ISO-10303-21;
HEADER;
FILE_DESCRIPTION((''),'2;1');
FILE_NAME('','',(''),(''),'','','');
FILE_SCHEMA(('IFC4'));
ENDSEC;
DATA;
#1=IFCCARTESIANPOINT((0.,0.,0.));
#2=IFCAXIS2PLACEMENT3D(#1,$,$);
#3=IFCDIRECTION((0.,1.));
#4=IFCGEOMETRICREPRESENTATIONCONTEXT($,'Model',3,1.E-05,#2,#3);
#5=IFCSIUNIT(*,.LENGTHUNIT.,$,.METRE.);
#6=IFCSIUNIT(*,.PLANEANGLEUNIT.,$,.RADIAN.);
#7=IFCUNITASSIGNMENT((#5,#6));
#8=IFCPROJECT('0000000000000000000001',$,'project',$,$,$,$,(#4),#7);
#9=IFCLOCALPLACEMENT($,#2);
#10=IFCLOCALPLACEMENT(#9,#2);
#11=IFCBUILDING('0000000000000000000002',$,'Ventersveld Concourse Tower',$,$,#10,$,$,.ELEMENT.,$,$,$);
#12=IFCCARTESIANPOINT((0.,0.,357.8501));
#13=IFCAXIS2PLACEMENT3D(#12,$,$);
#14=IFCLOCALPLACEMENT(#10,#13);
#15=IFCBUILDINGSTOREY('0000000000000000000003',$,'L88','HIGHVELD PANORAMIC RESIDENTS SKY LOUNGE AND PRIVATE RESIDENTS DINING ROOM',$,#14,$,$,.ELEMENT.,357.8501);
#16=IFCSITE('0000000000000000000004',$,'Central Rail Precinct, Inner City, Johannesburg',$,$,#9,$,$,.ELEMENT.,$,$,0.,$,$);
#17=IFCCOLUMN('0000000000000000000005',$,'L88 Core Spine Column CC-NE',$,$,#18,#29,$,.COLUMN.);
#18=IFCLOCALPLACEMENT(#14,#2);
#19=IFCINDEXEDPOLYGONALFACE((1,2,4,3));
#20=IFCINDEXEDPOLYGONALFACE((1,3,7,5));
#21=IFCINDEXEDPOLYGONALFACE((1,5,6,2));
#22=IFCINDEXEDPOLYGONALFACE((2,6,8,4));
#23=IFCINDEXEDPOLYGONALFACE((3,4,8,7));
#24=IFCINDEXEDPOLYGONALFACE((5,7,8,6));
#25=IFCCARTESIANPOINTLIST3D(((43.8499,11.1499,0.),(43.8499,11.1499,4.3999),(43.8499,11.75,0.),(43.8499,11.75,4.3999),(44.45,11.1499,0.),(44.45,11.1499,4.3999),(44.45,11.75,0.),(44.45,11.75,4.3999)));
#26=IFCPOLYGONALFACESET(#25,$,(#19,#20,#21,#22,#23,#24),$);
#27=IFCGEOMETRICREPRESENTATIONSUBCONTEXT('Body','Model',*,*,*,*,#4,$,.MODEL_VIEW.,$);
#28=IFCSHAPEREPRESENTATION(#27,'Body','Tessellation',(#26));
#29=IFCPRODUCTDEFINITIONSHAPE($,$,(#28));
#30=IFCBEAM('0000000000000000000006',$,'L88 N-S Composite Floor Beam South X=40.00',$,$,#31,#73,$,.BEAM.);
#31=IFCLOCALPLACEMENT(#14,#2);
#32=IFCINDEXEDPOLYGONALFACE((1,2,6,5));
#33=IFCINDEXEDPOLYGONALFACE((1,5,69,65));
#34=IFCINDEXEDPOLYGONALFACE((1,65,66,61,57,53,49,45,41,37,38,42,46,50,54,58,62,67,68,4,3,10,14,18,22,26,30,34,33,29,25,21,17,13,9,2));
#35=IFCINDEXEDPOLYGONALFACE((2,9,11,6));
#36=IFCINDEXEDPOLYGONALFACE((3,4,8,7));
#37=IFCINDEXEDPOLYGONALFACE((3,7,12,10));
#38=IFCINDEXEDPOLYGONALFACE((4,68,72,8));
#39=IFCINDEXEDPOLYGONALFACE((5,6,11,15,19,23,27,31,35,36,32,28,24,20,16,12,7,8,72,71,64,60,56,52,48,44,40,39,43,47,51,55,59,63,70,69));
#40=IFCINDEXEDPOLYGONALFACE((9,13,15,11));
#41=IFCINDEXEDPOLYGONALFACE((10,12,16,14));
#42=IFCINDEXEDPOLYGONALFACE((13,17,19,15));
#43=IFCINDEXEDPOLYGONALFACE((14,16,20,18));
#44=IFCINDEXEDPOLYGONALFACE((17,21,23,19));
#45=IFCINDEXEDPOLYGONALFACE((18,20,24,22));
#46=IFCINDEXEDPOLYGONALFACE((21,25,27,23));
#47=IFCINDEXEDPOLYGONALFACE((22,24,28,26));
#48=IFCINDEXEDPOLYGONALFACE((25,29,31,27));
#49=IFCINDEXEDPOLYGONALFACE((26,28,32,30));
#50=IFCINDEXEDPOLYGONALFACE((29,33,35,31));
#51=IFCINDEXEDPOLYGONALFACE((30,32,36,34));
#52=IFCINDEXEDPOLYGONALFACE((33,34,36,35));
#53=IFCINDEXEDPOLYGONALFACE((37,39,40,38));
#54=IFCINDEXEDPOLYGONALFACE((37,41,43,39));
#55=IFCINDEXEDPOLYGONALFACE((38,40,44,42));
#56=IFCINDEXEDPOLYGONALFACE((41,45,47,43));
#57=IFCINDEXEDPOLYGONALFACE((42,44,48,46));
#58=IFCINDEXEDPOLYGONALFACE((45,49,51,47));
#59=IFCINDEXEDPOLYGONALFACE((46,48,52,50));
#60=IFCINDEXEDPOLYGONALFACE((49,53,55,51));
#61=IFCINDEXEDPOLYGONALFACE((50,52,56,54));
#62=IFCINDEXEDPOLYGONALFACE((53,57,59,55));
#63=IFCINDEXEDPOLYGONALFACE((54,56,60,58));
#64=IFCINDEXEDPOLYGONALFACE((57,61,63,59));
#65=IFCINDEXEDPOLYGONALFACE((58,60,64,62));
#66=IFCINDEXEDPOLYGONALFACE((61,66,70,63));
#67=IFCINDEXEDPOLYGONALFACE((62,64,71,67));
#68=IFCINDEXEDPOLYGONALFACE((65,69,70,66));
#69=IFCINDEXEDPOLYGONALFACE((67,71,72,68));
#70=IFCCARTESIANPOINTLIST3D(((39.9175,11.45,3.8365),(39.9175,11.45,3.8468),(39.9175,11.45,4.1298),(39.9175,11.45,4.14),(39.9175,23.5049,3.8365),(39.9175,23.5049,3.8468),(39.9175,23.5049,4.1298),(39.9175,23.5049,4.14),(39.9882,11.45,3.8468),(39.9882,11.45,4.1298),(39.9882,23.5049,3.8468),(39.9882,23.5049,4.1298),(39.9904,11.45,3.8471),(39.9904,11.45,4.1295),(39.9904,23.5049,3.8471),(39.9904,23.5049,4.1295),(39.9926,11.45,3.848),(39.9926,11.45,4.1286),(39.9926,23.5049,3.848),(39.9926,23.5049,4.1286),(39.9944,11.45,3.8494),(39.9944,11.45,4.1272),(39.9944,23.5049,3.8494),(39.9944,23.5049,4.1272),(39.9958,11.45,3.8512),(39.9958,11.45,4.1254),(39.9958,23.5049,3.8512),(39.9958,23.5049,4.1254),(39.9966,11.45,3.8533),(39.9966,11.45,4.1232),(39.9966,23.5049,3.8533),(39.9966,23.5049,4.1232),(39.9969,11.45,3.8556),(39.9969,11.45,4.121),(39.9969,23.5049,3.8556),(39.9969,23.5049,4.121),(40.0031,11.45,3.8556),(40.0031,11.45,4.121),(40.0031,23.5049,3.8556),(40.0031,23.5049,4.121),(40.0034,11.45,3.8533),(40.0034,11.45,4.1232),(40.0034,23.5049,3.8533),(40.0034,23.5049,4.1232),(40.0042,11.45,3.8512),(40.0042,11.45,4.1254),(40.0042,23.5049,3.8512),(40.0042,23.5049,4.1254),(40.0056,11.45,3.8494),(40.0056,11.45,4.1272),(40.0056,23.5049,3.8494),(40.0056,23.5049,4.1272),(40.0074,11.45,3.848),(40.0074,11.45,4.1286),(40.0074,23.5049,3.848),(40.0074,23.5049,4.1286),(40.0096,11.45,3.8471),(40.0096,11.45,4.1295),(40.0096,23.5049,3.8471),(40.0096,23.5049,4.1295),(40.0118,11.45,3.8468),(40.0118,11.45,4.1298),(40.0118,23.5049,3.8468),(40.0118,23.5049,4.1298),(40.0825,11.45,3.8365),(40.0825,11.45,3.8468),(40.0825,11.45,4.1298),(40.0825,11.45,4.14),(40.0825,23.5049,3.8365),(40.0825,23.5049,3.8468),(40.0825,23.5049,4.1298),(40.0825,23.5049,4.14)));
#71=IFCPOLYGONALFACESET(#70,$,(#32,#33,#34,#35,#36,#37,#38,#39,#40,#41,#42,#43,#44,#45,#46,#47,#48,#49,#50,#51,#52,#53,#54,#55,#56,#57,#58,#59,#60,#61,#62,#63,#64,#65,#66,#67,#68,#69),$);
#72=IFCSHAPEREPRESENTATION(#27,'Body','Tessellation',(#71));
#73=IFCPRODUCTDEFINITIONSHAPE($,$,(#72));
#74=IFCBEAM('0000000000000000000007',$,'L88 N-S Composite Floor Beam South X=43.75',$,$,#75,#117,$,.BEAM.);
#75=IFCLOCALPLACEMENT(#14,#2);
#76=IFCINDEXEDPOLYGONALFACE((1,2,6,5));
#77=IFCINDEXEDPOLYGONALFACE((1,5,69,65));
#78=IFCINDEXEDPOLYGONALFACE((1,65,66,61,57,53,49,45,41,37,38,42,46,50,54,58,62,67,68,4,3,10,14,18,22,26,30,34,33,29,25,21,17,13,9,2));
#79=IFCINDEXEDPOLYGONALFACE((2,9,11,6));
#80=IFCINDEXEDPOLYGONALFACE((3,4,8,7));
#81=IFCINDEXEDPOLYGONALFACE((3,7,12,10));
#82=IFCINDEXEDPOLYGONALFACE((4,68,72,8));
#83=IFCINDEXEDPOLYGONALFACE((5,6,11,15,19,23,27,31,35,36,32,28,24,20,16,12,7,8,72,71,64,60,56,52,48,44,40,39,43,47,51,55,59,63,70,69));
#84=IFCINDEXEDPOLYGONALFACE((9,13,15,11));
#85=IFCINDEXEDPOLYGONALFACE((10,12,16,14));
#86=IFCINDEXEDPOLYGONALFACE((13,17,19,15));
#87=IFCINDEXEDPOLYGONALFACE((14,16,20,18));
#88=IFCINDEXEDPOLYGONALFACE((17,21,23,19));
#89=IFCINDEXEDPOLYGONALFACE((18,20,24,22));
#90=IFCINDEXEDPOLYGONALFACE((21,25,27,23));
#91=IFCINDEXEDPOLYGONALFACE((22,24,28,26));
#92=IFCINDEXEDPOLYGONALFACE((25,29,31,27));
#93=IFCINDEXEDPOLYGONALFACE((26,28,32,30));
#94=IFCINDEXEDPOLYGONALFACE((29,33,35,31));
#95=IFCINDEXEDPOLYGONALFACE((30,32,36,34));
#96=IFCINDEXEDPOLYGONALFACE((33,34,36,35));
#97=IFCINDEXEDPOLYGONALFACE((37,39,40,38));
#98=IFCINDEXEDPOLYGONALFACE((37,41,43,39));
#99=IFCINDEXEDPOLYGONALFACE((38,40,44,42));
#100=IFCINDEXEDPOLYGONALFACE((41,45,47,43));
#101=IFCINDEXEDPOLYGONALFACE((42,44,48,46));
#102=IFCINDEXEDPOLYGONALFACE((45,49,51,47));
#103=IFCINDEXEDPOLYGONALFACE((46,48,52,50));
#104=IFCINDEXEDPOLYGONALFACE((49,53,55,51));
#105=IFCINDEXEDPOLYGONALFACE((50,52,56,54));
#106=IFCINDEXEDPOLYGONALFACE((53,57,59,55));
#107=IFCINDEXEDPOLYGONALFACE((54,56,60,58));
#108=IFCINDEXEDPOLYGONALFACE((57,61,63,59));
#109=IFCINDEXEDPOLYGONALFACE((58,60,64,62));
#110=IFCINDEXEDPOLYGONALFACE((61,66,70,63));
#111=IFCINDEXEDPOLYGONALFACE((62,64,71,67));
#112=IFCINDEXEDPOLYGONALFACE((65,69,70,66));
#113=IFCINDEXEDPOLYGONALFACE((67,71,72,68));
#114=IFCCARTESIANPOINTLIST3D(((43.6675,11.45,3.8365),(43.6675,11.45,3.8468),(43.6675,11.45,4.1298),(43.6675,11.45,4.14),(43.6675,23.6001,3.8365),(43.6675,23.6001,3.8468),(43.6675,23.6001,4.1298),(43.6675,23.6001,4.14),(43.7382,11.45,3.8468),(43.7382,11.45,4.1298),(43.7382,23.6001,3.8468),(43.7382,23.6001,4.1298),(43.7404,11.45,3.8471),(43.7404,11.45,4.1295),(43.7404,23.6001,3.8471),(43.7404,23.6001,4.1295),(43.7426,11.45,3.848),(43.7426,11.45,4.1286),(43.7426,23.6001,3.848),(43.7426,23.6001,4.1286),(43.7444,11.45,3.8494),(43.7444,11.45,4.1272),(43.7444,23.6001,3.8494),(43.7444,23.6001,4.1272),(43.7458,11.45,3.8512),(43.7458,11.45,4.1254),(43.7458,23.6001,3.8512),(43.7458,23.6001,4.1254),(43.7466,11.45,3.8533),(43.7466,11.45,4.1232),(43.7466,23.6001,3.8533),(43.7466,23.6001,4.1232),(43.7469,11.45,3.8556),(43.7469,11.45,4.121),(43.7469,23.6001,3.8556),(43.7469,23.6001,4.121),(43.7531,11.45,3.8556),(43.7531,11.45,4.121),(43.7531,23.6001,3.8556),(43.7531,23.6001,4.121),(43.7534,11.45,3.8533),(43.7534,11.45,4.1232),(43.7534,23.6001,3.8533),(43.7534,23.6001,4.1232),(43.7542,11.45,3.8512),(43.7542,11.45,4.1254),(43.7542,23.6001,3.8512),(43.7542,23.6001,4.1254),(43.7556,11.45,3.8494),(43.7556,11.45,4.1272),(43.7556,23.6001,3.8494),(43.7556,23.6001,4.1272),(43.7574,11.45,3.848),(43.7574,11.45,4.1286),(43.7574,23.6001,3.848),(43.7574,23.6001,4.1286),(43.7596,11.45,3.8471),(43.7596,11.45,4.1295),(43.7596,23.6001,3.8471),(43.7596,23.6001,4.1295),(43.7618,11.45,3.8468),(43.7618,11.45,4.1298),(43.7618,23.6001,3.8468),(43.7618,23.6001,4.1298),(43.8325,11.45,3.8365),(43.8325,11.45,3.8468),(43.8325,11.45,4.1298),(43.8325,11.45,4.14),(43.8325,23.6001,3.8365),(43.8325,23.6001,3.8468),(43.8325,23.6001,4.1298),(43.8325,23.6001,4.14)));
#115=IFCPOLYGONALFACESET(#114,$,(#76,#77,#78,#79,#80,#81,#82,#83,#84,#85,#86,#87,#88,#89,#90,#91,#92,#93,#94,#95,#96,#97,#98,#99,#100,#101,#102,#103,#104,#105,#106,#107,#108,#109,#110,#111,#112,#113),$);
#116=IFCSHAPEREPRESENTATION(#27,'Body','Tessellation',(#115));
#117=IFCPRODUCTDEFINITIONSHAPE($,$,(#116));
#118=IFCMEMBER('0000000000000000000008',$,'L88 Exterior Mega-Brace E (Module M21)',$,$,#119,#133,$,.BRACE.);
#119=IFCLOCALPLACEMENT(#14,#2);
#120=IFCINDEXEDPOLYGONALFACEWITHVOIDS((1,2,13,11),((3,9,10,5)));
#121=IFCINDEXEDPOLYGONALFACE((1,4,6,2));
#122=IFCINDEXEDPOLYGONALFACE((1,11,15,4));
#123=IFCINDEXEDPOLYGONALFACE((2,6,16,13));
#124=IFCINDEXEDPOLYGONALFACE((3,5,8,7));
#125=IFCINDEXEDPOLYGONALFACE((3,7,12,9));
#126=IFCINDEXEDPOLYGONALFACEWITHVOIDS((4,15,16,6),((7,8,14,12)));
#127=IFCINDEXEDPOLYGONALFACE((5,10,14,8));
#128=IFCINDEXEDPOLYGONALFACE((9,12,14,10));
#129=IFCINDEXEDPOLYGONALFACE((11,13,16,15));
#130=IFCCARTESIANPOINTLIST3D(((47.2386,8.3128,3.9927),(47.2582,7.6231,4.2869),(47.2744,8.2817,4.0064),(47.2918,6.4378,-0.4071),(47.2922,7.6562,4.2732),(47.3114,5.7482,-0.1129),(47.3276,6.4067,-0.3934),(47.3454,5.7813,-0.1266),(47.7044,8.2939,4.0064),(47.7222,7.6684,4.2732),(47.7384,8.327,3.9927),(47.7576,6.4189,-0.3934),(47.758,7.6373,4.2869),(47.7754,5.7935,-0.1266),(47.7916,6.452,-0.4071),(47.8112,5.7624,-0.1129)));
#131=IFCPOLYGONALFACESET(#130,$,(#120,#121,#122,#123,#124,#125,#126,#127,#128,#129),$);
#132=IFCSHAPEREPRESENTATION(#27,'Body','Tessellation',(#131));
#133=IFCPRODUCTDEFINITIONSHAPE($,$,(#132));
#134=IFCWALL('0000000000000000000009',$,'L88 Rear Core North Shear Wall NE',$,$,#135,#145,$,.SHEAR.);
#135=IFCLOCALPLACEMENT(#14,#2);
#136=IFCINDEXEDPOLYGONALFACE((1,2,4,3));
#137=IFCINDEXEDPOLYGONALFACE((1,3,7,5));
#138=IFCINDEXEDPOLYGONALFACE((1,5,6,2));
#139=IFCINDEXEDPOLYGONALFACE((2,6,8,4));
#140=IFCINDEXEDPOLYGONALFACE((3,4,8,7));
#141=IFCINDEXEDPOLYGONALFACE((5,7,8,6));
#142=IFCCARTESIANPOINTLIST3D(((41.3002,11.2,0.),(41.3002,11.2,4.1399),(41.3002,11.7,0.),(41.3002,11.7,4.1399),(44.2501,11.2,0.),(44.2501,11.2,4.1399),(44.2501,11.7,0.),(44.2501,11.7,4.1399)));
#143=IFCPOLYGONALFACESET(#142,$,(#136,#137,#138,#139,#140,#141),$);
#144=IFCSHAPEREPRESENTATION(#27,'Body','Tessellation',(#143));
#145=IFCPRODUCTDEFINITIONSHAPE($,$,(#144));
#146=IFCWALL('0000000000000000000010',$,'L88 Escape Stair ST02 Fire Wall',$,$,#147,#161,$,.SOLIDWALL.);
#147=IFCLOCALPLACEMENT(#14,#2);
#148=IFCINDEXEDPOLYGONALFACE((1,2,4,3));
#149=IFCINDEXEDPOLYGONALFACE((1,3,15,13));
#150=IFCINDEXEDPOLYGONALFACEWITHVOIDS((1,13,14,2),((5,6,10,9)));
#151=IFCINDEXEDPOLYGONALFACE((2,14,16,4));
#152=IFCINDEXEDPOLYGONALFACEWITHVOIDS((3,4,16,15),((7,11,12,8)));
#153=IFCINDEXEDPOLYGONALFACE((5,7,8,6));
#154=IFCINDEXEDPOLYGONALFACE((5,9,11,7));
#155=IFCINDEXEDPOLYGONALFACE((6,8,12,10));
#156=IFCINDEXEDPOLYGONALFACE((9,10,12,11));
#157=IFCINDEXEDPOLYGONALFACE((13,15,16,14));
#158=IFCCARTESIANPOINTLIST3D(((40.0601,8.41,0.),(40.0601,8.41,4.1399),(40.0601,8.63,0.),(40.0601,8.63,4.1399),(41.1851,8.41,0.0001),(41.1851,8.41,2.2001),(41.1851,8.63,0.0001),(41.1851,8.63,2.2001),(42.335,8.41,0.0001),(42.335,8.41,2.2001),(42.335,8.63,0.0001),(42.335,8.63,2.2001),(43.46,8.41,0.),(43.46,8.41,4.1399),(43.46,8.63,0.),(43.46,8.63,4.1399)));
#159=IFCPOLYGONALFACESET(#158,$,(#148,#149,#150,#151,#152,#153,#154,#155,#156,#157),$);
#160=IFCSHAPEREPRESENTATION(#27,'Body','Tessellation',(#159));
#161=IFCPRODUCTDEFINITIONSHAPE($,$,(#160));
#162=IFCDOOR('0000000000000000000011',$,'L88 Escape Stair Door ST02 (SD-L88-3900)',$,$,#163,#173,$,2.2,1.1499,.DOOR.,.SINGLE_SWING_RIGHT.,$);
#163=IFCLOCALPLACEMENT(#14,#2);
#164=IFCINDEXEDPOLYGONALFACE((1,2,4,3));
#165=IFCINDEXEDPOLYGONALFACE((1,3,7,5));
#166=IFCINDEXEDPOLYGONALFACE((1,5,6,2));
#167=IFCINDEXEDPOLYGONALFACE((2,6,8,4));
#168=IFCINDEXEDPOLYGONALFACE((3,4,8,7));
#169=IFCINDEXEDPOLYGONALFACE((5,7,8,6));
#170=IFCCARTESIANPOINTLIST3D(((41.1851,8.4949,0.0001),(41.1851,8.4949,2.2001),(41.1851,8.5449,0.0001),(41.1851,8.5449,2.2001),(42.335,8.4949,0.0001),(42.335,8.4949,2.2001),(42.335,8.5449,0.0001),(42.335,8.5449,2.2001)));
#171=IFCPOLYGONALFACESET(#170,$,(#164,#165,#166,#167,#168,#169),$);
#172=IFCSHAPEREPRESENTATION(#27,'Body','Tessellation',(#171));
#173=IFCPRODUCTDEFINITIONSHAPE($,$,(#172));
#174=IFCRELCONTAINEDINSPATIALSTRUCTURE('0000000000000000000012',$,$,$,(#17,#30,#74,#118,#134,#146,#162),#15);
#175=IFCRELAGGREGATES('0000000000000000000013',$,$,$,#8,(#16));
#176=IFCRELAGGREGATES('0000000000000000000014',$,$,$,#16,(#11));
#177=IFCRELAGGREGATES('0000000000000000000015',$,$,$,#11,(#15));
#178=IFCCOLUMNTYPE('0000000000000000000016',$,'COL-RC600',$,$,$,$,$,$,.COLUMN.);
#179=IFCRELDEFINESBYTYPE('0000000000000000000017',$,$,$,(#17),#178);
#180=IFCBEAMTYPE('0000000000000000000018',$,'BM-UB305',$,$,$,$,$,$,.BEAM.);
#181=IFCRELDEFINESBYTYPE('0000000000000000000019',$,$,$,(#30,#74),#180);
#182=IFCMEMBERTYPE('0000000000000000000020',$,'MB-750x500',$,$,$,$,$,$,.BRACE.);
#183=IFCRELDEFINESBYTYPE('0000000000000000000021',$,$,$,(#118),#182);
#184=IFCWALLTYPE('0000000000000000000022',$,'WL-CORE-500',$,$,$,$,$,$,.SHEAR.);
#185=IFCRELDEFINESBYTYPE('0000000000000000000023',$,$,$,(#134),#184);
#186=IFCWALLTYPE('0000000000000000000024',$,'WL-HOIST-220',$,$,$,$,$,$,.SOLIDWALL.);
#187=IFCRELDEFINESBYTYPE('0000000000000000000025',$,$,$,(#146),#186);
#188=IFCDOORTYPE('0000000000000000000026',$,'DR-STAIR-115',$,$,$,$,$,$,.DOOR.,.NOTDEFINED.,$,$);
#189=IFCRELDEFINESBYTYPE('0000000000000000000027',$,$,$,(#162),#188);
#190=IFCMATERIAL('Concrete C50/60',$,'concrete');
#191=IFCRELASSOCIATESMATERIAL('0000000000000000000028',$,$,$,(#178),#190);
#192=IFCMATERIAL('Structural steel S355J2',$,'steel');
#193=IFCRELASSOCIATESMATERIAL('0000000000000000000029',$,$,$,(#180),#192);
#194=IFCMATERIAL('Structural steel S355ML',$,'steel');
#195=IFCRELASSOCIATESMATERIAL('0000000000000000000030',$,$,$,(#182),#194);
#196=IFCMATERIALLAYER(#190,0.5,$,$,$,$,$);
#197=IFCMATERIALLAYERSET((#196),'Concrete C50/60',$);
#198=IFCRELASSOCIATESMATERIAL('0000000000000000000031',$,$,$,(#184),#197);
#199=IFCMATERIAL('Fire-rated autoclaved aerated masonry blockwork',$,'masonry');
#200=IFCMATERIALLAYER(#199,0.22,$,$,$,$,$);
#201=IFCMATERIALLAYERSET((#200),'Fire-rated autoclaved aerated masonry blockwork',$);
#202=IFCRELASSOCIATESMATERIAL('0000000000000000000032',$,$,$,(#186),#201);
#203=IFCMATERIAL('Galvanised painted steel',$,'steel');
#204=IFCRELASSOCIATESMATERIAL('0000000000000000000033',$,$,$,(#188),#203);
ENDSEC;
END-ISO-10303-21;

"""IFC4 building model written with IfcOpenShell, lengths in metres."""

from ifc_helpers import new_model, si_unit, direction, frame, frame_2d, origin, origin_2d, place, context, subcontext, project, spatial, rectangle, hollow_rectangle, i_section, extrude, material, layer, layer_set, material_profile, profile_set, type_object, element, fill, save


model = new_model("IFC4")

# Units and contexts
model_context = context("Model", 3, precision=1e-05, world=origin(), true_north=direction((0.0, 1.0)))
body_context = subcontext(model_context, "Body", "Model", "MODEL_VIEW")
ifc_project = project(units=[si_unit("LENGTHUNIT", "METRE"), si_unit("PLANEANGLEUNIT", "RADIAN")], contexts=[model_context])

# Site, building, storey
site_placement = place(None, origin())
site = spatial("IfcSite", under=ifc_project, at=site_placement, Name="Central Rail Precinct, Inner City, Johannesburg", CompositionType="ELEMENT", RefElevation=0.0)
building_placement = place(site_placement, origin())
building = spatial("IfcBuilding", under=site, at=building_placement, Name="Ventersveld Concourse Tower", CompositionType="ELEMENT")
storey_placement = place(building_placement, frame((0.0, 0.0, 357.8501)))
storey = spatial("IfcBuildingStorey", under=building, at=storey_placement, Name="L88", Description="HIGHVELD PANORAMIC RESIDENTS SKY LOUNGE AND PRIVATE RESIDENTS DINING ROOM", CompositionType="ELEMENT", Elevation=357.8501)

# Column
ifc_material_1 = material(Name="Concrete C50/60", Category="concrete")
ifc_material_profile_1 = material_profile(ifc_material_1, rectangle(XDim=0.6001, YDim=0.6001, at=origin_2d()), Name="RC 600x600")
ifc_profile_set_1 = profile_set([ifc_material_profile_1], Name="Concrete C50/60")
column_type = type_object("IfcColumnType", Name="COL-RC600", PredefinedType="COLUMN", material=ifc_profile_set_1)
column_placement = place(storey_placement, frame((44.1499, 11.45, 0.0), z_axis=(0.0, 0.0, 1.0), x_axis=(1.0, 0.0, 0.0)))
element("IfcColumn", 1, at=column_placement, inside=storey, type_object=column_type, Name="L88 Core Spine Column CC-NE", PredefinedType="COLUMN", context=body_context, shape_type="SweptSolid", body=[
    extrude(rectangle(XDim=0.6001, YDim=0.6001, at=origin_2d()), origin(), (0.0, 0.0, 1.0), 4.3999),
])

# Beams
ifc_material_2 = material(Name="Structural steel S355J2", Category="steel")
ifc_material_profile_2 = material_profile(ifc_material_2, i_section(OverallWidth=0.165, OverallDepth=0.3035, WebThickness=0.0061, FlangeThickness=0.0103, FilletRadius=0.0088, at=origin_2d()), Name="UB 305x165x40")
ifc_profile_set_2 = profile_set([ifc_material_profile_2], Name="Structural steel S355J2")
beam_type = type_object("IfcBeamType", Name="BM-UB305", PredefinedType="BEAM", material=ifc_profile_set_2)
beam_1_placement = place(storey_placement, frame((40.0, 11.45, 3.9883), z_axis=(0.0, 1.0, 0.0), x_axis=(-1.0, 0.0, 0.0)))
element("IfcBeam", 2, at=beam_1_placement, inside=storey, type_object=beam_type, Name="L88 N-S Composite Floor Beam South X=40.00", PredefinedType="BEAM", context=body_context, shape_type="SweptSolid", body=[
    extrude(i_section(OverallWidth=0.165, OverallDepth=0.3035, WebThickness=0.0061, FlangeThickness=0.0103, FilletRadius=0.0088, at=origin_2d()), origin(), (0.0, 0.0, 1.0), 12.0549),
])
beam_2_placement = place(storey_placement, frame((43.75, 11.45, 3.9883), z_axis=(0.0, 1.0, 0.0), x_axis=(-1.0, 0.0, 0.0)))
element("IfcBeam", 3, at=beam_2_placement, inside=storey, type_object=beam_type, Name="L88 N-S Composite Floor Beam South X=43.75", PredefinedType="BEAM", context=body_context, shape_type="SweptSolid", body=[
    extrude(i_section(OverallWidth=0.165, OverallDepth=0.3035, WebThickness=0.0061, FlangeThickness=0.0103, FilletRadius=0.0088, at=origin_2d()), origin(), (0.0, 0.0, 1.0), 12.1501),
])

# Member
ifc_material_3 = material(Name="Structural steel S355ML", Category="steel")
ifc_material_profile_3 = material_profile(ifc_material_3, hollow_rectangle(XDim=0.5, YDim=0.75, WallThickness=0.0349, at=origin_2d()), Name="BOX 750x500x35")
ifc_profile_set_3 = profile_set([ifc_material_profile_3], Name="Structural steel S355ML")
member_type = type_object("IfcMemberType", Name="MB-750x500", PredefinedType="BRACE", material=ifc_profile_set_3)
member_placement = place(storey_placement, frame((47.5515, 6.1001, -0.26), z_axis=(-0.011127, 0.392009, 0.919894), x_axis=(-0.999597, -0.028374, 0.0)))
element("IfcMember", 4, at=member_placement, inside=storey, type_object=member_type, Name="L88 Exterior Mega-Brace E (Module M21)", PredefinedType="BRACE", context=body_context, shape_type="SweptSolid", body=[
    extrude(hollow_rectangle(XDim=0.5, YDim=0.75, WallThickness=0.0349, at=origin_2d()), origin(), (0.0, 0.0, 1.0), 4.783),
])

# Wall
ifc_layer_1 = layer(ifc_material_1, 0.5)
ifc_layer_set_1 = layer_set([ifc_layer_1], Name="Concrete C50/60")
wall_type_1 = type_object("IfcWallType", Name="WL-CORE-500", PredefinedType="SHEAR", material=ifc_layer_set_1)
wall_1_placement = place(storey_placement, frame((41.3, 11.45, 0.0), z_axis=(0.0, 0.0, 1.0), x_axis=(1.0, 0.0, 0.0)))
element("IfcWall", 5, at=wall_1_placement, inside=storey, type_object=wall_type_1, Name="L88 Rear Core North Shear Wall NE", PredefinedType="SHEAR", context=body_context, shape_type="SweptSolid", body=[
    extrude(rectangle(XDim=2.95, YDim=0.5, at=frame_2d((1.4751, 0.0))), origin(), (0.0, 0.0, 1.0), 4.1399),
])

# Wall, opening, door
ifc_material_4 = material(Name="Fire-rated autoclaved aerated masonry blockwork", Category="masonry")
ifc_layer_2 = layer(ifc_material_4, 0.22)
ifc_layer_set_2 = layer_set([ifc_layer_2], Name="Fire-rated autoclaved aerated masonry blockwork")
wall_type_2 = type_object("IfcWallType", Name="WL-HOIST-220", PredefinedType="SOLIDWALL", material=ifc_layer_set_2)
wall_2_placement = place(storey_placement, frame((40.0601, 8.52, 0.0), z_axis=(0.0, 0.0, 1.0), x_axis=(1.0, 0.0, 0.0)))
wall_2 = element("IfcWall", 6, at=wall_2_placement, inside=storey, type_object=wall_type_2, Name="L88 Escape Stair ST02 Fire Wall", PredefinedType="SOLIDWALL", context=body_context, shape_type="SweptSolid", body=[
    extrude(rectangle(XDim=3.3999, YDim=0.22, at=frame_2d((1.7, 0.0))), origin(), (0.0, 0.0, 1.0), 4.1399),
])
opening_1_placement = place(wall_2_placement, frame((1.125, 0.0, 0.0)))
opening_1 = element("IfcOpeningElement", 7, at=opening_1_placement, cuts=wall_2, PredefinedType="OPENING", context=body_context, shape_type="SweptSolid", body=[
    extrude(rectangle(XDim=1.1499, YDim=2.2, at=frame_2d((0.575, 1.1001))), frame((0.0, 0.1201, 0.0), z_axis=(0.0, -1.0, 0.0), x_axis=(1.0, 0.0, 0.0)), (0.0, 0.0, 1.0), 0.24),
])
ifc_material_5 = material(Name="Galvanised painted steel", Category="steel")
door_type_1 = type_object("IfcDoorType", Name="DR-STAIR-115", OperationType="NOTDEFINED", PredefinedType="DOOR", material=ifc_material_5)
door_1_placement = place(opening_1_placement, origin())
door_1 = element("IfcDoor", 8, at=door_1_placement, inside=storey, type_object=door_type_1, Name="L88 Escape Stair Door ST02 (SD-L88-3900)", OperationType="SINGLE_SWING_RIGHT", OverallHeight=2.2, OverallWidth=1.1499, PredefinedType="DOOR", context=body_context, shape_type="SweptSolid", body=[
    extrude(rectangle(XDim=1.1499, YDim=2.2, at=frame_2d((0.575, 1.1001))), frame((0.0, 0.0249, 0.0), z_axis=(0.0, -1.0, 0.0), x_axis=(1.0, 0.0, 0.0)), (0.0, 0.0, 1.0), 0.05),
])
fill(opening_1, door_1)

save(model, "model.ifc")
